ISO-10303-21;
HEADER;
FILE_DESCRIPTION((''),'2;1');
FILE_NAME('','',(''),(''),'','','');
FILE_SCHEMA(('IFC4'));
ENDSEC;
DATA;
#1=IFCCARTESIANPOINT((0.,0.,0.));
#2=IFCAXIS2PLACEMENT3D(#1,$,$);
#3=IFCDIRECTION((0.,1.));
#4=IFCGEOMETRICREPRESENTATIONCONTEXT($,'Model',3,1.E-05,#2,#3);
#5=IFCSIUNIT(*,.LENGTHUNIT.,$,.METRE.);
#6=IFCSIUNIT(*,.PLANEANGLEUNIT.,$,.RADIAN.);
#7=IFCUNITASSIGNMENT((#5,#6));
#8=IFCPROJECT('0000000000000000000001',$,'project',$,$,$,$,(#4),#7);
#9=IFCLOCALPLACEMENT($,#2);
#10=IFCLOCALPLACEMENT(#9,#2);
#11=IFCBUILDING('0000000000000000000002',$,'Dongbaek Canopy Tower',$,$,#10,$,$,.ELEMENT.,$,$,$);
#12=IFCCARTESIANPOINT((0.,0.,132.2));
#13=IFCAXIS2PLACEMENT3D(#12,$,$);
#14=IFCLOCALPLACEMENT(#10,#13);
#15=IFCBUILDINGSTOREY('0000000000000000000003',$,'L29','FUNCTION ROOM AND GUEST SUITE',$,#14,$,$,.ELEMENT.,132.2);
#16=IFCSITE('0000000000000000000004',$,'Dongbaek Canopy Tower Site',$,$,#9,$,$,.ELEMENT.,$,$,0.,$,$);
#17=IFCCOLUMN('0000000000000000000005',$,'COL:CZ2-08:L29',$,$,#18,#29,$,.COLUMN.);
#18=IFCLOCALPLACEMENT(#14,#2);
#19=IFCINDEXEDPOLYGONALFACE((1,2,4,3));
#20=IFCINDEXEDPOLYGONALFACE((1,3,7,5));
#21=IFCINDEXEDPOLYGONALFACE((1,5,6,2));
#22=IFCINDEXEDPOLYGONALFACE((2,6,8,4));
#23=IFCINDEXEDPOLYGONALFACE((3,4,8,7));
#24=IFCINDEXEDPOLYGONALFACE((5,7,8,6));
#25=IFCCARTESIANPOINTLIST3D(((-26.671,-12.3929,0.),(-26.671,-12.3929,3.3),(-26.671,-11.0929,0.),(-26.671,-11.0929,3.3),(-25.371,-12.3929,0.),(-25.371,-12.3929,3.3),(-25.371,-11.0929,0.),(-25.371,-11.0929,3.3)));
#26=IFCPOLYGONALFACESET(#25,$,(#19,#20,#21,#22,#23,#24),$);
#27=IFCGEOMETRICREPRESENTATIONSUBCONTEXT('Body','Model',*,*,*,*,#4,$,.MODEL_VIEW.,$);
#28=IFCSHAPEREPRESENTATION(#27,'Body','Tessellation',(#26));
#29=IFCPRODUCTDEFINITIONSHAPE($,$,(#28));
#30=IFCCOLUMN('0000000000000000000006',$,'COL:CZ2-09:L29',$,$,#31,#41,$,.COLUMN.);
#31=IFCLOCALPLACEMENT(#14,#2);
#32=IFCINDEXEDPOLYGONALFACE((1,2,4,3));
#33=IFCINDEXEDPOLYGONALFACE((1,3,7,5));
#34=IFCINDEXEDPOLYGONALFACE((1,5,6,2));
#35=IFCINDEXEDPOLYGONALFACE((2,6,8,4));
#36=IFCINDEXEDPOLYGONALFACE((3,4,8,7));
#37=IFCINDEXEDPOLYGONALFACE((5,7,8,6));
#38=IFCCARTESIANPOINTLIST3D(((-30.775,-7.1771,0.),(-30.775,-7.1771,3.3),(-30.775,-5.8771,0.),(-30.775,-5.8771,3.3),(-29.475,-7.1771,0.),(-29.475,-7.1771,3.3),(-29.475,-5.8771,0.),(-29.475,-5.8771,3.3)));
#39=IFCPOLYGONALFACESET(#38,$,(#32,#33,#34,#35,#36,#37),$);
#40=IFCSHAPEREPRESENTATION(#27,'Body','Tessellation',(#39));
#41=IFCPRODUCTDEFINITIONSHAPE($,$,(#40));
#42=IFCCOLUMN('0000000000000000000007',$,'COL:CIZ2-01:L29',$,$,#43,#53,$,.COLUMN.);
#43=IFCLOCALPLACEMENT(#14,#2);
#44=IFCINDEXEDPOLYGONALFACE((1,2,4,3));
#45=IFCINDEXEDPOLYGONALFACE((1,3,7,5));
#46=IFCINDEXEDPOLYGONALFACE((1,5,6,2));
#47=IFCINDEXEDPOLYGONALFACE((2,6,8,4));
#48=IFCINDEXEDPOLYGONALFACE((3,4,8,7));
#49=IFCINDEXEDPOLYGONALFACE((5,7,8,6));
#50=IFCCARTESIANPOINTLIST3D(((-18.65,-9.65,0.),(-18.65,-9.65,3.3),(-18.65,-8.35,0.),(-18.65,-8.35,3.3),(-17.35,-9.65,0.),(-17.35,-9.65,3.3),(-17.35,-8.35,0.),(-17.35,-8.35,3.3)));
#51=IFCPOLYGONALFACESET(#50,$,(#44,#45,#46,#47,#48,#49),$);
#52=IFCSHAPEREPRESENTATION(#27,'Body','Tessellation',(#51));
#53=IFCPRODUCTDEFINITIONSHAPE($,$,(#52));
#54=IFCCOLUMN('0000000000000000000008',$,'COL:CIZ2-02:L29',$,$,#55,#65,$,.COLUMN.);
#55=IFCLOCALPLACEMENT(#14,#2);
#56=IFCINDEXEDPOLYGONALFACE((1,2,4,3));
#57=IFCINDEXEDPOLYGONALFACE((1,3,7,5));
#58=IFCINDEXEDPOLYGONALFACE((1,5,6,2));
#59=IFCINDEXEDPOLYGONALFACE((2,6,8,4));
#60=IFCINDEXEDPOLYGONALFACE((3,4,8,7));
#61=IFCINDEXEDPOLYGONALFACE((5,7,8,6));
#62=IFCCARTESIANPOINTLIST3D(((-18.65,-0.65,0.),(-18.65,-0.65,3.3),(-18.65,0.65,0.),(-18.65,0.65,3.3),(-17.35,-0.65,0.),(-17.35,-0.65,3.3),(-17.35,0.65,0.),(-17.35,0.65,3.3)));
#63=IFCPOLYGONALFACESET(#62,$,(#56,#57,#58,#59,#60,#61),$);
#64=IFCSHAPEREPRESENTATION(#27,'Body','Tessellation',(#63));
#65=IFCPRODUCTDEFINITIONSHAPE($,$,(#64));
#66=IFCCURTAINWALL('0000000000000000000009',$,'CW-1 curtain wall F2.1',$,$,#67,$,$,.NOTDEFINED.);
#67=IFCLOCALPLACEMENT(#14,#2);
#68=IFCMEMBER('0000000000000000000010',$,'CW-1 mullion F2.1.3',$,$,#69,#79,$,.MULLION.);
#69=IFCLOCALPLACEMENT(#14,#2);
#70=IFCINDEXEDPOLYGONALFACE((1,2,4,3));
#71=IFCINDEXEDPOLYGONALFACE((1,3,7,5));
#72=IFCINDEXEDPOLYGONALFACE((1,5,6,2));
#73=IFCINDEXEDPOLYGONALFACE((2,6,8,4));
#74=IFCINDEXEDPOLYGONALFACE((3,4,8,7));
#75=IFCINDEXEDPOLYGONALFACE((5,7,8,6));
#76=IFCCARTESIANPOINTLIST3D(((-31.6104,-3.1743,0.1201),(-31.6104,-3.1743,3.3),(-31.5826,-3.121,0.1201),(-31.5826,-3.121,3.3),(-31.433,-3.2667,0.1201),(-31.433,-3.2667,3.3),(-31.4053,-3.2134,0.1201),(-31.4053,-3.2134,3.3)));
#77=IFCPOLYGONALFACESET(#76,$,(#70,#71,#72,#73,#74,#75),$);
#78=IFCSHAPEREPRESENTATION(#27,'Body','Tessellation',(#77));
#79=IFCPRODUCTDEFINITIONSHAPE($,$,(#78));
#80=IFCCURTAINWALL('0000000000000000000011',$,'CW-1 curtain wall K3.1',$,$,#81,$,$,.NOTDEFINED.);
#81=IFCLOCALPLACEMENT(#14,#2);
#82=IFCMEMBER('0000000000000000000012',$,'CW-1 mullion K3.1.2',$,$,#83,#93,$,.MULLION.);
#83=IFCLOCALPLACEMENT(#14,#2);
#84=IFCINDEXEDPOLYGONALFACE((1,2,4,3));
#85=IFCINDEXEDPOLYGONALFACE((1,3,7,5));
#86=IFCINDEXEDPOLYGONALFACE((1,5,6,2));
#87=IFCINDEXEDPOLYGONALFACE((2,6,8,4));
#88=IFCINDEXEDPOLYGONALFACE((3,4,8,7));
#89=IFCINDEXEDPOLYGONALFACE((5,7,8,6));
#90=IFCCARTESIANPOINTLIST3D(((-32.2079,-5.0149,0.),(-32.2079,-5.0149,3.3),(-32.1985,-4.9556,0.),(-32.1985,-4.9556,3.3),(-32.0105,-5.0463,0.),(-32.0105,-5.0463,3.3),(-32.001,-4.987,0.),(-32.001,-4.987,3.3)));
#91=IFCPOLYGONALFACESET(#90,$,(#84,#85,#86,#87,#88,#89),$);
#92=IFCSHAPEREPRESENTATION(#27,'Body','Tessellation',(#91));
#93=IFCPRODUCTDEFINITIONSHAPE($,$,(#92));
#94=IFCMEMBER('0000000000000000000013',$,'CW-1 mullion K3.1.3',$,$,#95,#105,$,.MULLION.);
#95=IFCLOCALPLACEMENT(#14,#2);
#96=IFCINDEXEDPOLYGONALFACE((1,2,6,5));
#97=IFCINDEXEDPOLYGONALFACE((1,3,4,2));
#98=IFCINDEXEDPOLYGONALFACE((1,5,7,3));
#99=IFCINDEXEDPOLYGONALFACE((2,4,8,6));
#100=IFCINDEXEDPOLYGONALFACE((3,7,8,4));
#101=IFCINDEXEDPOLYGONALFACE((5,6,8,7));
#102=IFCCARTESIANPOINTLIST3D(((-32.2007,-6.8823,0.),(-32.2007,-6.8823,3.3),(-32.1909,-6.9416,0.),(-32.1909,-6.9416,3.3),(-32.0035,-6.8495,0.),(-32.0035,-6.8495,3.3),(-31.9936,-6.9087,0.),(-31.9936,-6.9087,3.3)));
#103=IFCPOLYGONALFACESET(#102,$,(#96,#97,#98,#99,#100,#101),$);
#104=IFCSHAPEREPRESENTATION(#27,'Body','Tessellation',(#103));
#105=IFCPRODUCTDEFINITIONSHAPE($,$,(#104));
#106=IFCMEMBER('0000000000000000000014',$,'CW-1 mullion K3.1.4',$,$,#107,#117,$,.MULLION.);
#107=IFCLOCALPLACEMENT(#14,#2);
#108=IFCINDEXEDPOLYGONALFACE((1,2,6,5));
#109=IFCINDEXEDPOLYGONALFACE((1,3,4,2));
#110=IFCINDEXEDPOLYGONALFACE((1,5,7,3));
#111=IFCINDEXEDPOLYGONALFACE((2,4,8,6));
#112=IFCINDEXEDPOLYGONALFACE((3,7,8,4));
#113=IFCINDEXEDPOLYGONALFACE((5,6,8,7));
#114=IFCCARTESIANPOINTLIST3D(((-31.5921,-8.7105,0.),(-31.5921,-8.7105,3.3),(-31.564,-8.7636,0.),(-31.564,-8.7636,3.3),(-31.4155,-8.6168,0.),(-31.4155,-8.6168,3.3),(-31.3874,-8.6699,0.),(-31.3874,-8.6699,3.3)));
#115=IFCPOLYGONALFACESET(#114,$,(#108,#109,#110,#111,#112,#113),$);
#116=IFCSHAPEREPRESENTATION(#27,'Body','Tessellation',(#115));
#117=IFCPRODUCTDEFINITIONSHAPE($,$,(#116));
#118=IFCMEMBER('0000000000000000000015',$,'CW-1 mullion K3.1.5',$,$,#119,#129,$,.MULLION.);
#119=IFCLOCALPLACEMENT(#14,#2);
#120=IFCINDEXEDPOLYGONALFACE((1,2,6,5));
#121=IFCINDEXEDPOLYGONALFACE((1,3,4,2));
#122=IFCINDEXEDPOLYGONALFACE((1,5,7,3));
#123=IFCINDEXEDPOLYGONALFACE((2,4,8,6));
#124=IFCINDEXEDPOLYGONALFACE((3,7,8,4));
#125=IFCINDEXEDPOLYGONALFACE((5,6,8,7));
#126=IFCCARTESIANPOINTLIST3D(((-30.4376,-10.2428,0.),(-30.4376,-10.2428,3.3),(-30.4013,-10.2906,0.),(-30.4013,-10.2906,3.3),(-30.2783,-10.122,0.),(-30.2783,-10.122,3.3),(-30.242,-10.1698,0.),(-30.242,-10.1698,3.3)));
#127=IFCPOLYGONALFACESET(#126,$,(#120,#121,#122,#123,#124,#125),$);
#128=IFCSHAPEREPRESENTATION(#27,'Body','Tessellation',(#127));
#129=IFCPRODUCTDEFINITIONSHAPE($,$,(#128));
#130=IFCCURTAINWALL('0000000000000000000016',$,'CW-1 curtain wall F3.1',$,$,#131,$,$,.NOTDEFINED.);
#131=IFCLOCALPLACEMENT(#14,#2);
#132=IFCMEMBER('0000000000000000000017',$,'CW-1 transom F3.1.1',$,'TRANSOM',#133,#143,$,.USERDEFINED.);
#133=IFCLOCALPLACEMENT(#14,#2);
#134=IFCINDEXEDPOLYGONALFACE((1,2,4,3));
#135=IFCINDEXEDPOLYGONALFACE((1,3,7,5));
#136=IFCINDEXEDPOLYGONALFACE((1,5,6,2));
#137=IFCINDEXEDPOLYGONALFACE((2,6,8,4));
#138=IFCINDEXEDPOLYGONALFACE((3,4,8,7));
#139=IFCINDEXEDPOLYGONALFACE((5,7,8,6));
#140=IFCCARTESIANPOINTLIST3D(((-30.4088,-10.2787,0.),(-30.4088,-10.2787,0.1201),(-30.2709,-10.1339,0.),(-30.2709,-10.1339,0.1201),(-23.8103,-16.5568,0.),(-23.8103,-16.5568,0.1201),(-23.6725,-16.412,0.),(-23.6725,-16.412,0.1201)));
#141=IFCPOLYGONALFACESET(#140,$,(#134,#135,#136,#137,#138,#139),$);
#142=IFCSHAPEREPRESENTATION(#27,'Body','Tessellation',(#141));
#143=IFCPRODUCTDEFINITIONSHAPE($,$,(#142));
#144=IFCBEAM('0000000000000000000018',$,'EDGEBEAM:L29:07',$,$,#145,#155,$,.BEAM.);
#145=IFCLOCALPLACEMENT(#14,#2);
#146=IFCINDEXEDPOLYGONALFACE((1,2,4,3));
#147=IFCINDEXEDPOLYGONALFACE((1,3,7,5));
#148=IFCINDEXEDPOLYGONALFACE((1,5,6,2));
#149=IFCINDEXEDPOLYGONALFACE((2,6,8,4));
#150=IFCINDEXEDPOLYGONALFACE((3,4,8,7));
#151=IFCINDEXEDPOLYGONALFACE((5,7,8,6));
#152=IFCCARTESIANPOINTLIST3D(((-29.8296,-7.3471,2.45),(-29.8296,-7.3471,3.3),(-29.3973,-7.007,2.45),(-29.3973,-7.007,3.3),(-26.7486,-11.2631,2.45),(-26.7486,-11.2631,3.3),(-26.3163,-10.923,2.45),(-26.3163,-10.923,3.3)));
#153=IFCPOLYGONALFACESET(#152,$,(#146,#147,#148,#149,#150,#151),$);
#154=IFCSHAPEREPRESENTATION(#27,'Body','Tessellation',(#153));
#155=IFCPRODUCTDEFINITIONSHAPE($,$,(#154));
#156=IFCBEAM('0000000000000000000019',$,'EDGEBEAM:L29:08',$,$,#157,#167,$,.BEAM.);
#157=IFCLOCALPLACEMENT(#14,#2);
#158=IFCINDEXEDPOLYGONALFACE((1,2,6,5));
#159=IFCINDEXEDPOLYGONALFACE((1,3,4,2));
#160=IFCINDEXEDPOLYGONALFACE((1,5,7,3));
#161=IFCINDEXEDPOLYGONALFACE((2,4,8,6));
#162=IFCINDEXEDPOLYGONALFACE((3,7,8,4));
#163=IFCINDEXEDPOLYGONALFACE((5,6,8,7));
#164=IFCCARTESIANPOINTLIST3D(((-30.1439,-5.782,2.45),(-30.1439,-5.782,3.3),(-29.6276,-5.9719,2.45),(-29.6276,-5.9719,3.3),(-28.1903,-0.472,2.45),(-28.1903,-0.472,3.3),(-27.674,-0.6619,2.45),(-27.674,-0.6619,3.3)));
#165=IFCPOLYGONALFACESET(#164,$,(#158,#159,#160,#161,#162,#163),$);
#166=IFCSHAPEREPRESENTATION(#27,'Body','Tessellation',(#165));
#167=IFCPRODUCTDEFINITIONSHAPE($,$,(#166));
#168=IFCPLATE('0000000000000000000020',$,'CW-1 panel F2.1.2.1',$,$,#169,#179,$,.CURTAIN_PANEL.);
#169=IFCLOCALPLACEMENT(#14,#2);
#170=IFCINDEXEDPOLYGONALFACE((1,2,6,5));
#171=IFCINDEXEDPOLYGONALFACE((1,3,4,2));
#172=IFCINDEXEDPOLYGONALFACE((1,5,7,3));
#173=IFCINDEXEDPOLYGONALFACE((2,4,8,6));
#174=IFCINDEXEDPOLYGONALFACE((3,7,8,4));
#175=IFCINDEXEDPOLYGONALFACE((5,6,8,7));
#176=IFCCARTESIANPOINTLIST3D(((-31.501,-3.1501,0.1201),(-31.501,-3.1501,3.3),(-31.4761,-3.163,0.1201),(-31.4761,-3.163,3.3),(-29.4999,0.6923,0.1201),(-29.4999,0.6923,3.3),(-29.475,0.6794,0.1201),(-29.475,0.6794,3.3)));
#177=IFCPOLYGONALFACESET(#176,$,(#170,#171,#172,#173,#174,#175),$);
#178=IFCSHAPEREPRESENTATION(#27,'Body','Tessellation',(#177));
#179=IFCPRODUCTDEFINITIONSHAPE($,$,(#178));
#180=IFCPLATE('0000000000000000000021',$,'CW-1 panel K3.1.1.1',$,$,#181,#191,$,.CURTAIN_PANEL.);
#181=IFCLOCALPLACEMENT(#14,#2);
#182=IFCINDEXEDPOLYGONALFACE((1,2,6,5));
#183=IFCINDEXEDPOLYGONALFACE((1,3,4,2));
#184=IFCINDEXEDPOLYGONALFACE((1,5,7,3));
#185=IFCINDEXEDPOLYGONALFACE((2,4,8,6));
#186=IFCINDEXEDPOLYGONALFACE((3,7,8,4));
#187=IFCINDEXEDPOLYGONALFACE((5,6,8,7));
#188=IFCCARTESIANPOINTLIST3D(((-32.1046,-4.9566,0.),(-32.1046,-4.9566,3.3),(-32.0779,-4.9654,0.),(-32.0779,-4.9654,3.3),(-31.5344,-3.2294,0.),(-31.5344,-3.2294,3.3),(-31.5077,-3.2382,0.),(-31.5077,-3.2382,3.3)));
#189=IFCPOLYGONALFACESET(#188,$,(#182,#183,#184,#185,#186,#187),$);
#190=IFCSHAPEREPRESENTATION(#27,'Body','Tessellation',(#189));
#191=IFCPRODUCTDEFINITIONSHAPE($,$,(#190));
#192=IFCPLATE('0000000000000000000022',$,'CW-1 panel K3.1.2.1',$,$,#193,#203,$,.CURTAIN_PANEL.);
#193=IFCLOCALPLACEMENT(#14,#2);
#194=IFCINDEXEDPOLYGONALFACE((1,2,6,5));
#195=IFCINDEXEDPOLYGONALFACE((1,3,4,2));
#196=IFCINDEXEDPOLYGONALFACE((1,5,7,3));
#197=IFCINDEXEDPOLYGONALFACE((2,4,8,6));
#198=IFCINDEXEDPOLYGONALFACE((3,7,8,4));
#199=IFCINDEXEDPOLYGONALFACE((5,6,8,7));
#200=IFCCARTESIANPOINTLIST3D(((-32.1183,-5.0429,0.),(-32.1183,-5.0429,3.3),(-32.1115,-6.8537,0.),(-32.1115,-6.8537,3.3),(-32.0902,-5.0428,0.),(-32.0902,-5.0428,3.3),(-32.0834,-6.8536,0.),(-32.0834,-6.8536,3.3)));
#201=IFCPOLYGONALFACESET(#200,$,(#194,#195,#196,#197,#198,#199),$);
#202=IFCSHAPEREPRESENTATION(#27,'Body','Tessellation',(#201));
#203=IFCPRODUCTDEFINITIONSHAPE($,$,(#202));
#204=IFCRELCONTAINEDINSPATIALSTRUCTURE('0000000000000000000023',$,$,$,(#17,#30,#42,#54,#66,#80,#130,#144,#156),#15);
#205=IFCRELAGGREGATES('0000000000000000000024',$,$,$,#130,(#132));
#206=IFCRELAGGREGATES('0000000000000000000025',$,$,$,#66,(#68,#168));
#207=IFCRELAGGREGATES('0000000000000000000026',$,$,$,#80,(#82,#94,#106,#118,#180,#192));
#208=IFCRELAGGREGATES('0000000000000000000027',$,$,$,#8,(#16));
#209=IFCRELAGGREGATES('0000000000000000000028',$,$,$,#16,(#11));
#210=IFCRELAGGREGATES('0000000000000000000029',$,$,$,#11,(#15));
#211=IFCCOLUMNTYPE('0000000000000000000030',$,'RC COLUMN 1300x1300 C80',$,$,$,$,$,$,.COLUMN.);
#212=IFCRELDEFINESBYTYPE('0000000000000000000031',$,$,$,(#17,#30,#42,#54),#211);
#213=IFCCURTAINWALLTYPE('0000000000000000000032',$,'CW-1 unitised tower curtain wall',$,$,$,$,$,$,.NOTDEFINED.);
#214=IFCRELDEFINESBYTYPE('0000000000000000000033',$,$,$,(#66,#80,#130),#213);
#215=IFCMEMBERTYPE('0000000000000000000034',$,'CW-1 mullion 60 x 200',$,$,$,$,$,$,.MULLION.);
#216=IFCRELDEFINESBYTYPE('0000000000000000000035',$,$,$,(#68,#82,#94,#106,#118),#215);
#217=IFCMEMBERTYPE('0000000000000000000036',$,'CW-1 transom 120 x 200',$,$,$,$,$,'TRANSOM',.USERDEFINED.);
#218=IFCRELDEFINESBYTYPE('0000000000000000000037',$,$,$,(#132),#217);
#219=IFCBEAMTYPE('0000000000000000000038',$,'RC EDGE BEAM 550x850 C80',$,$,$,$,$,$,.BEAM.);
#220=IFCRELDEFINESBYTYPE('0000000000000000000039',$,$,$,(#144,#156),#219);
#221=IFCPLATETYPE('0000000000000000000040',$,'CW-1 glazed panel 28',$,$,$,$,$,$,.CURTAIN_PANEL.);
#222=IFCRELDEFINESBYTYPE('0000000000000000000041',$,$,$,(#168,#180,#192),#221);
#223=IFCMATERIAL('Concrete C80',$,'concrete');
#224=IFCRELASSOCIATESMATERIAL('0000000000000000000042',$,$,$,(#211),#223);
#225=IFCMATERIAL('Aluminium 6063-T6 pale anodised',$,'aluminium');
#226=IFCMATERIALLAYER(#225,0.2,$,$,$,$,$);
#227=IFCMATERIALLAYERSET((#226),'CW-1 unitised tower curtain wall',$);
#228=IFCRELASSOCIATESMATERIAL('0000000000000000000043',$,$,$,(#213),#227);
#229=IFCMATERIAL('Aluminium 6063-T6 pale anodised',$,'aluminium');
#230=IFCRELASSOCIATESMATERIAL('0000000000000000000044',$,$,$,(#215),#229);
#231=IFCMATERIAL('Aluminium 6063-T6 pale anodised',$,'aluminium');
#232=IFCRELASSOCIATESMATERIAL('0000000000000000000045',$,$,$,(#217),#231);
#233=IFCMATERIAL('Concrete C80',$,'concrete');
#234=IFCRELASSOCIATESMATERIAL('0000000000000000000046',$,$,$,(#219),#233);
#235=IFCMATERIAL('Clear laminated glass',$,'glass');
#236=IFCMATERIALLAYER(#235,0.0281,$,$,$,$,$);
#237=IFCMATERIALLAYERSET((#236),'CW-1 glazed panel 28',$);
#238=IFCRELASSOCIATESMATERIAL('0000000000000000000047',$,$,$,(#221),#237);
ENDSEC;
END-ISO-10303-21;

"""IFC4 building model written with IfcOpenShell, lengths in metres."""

from ifc_helpers import new_model, si_unit, direction, frame, origin, origin_2d, place, context, subcontext, project, spatial, rectangle, extrude, material, layer, layer_set, material_profile, profile_set, type_object, element, aggregate, save


model = new_model("IFC4")

# Units and contexts
model_context = context("Model", 3, precision=1e-05, world=origin(), true_north=direction((0.0, 1.0)))
body_context = subcontext(model_context, "Body", "Model", "MODEL_VIEW")
ifc_project = project(units=[si_unit("LENGTHUNIT", "METRE"), si_unit("PLANEANGLEUNIT", "RADIAN")], contexts=[model_context])

# Site, building, storey
site_placement = place(None, origin())
site = spatial("IfcSite", under=ifc_project, at=site_placement, Name="Dongbaek Canopy Tower Site", CompositionType="ELEMENT", RefElevation=0.0)
building_placement = place(site_placement, origin())
building = spatial("IfcBuilding", under=site, at=building_placement, Name="Dongbaek Canopy Tower", CompositionType="ELEMENT")
storey_placement = place(building_placement, frame((0.0, 0.0, 132.2)))
storey = spatial("IfcBuildingStorey", under=building, at=storey_placement, Name="L29", Description="FUNCTION ROOM AND GUEST SUITE", CompositionType="ELEMENT", Elevation=132.2)

# Columns
ifc_material_1 = material(Name="Concrete C80", Category="concrete")
ifc_material_profile_1 = material_profile(ifc_material_1, rectangle(XDim=1.3, YDim=1.3, at=origin_2d()), Name="RC COLUMN 1300x1300 C80")
ifc_profile_set_1 = profile_set([ifc_material_profile_1], Name="Concrete C80")
column_type = type_object("IfcColumnType", Name="RC COLUMN 1300x1300 C80", PredefinedType="COLUMN", material=ifc_profile_set_1)
for number, where, z_axis, x_axis, name in (
    (1, (-26.021, -11.7429, 0.0), (0.0, 0.0, 1.0), (1.0, 0.0, 0.0), "COL:CZ2-08:L29"),
    (2, (-30.125, -6.5271, 0.0), (0.0, 0.0, 1.0), (1.0, 0.0, 0.0), "COL:CZ2-09:L29"),
    (3, (-18.0, -9.0, 0.0), (0.0, 0.0, 1.0), (1.0, 0.0, 0.0), "COL:CIZ2-01:L29"),
    (4, (-18.0, 0.0, 0.0), (0.0, 0.0, 1.0), (1.0, 0.0, 0.0), "COL:CIZ2-02:L29"),
):
    element("IfcColumn", number, at=place(storey_placement, frame(where, z_axis=z_axis, x_axis=x_axis)), inside=storey, type_object=column_type, Name=name, PredefinedType="COLUMN", context=body_context, shape_type="SweptSolid", body=[
        extrude(rectangle(XDim=1.3, YDim=1.3, at=origin_2d()), origin(), (0.0, 0.0, 1.0), 3.3),
    ])

# Curtain wall, member
ifc_material_2 = material(Name="Aluminium 6063-T6 pale anodised", Category="aluminium")
ifc_layer_1 = layer(ifc_material_2, 0.2)
ifc_layer_set_1 = layer_set([ifc_layer_1], Name="CW-1 unitised tower curtain wall")
curtain_wall_type = type_object("IfcCurtainWallType", Name="CW-1 unitised tower curtain wall", PredefinedType="NOTDEFINED", material=ifc_layer_set_1)
curtain_wall_1_placement = place(storey_placement, origin())
curtain_wall_1 = element("IfcCurtainWall", 5, at=curtain_wall_1_placement, inside=storey, type_object=curtain_wall_type, Name="CW-1 curtain wall F2.1", PredefinedType="NOTDEFINED")
ifc_material_3 = material(Name="Aluminium 6063-T6 pale anodised", Category="aluminium")
ifc_material_profile_2 = material_profile(ifc_material_3, rectangle(XDim=0.2, YDim=0.0601, at=origin_2d()), Name="CW-1 mullion 60 x 200")
ifc_profile_set_2 = profile_set([ifc_material_profile_2], Name="Aluminium 6063-T6 pale anodised")
member_type_1 = type_object("IfcMemberType", Name="CW-1 mullion 60 x 200", PredefinedType="MULLION", material=ifc_profile_set_2)
member_1_placement = place(storey_placement, frame((-31.5078, -3.1938, 0.1201), z_axis=(0.0, 0.0, 1.0), x_axis=(-0.886927, 0.46191, 0.0)))
member_1 = element("IfcMember", 6, at=member_1_placement, type_object=member_type_1, Name="CW-1 mullion F2.1.3", PredefinedType="MULLION", context=body_context, shape_type="SweptSolid", body=[
    extrude(rectangle(XDim=0.2, YDim=0.0601, at=origin_2d()), origin(), (0.0, 0.0, 1.0), 3.1799),
])

# Curtain wall, members
curtain_wall_2_placement = place(storey_placement, origin())
curtain_wall_2 = element("IfcCurtainWall", 7, at=curtain_wall_2_placement, inside=storey, type_object=curtain_wall_type, Name="CW-1 curtain wall K3.1", PredefinedType="NOTDEFINED")
member_2_placement = place(storey_placement, frame((-32.1045, -5.001, 0.0), z_axis=(0.0, 0.0, 1.0), x_axis=(-0.987616, 0.156892, 0.0)))
member_2 = element("IfcMember", 8, at=member_2_placement, type_object=member_type_1, Name="CW-1 mullion K3.1.2", PredefinedType="MULLION", context=body_context, shape_type="SweptSolid", body=[
    extrude(rectangle(XDim=0.2, YDim=0.0601, at=origin_2d()), origin(), (0.0, 0.0, 1.0), 3.3),
])
member_3_placement = place(storey_placement, frame((-32.0972, -6.8955, 0.0), z_axis=(0.0, 0.0, 1.0), x_axis=(-0.986408, -0.164313, 0.0)))
member_3 = element("IfcMember", 9, at=member_3_placement, type_object=member_type_1, Name="CW-1 mullion K3.1.3", PredefinedType="MULLION", context=body_context, shape_type="SweptSolid", body=[
    extrude(rectangle(XDim=0.2, YDim=0.0601, at=origin_2d()), origin(), (0.0, 0.0, 1.0), 3.3),
])
member_4_placement = place(storey_placement, frame((-31.4897, -8.6902, 0.0), z_axis=(0.0, 0.0, 1.0), x_axis=(-0.883429, -0.468566, 0.0)))
member_4 = element("IfcMember", 10, at=member_4_placement, type_object=member_type_1, Name="CW-1 mullion K3.1.4", PredefinedType="MULLION", context=body_context, shape_type="SweptSolid", body=[
    extrude(rectangle(XDim=0.2, YDim=0.0601, at=origin_2d()), origin(), (0.0, 0.0, 1.0), 3.3),
])
member_5_placement = place(storey_placement, frame((-30.3398, -10.2063, 0.0), z_axis=(0.0, 0.0, 1.0), x_axis=(-0.796707, -0.604365, 0.0)))
member_5 = element("IfcMember", 11, at=member_5_placement, type_object=member_type_1, Name="CW-1 mullion K3.1.5", PredefinedType="MULLION", context=body_context, shape_type="SweptSolid", body=[
    extrude(rectangle(XDim=0.2, YDim=0.0601, at=origin_2d()), origin(), (0.0, 0.0, 1.0), 3.3),
])

# Curtain wall, member
curtain_wall_3_placement = place(storey_placement, origin())
curtain_wall_3 = element("IfcCurtainWall", 12, at=curtain_wall_3_placement, inside=storey, type_object=curtain_wall_type, Name="CW-1 curtain wall F3.1", PredefinedType="NOTDEFINED")
ifc_material_4 = material(Name="Aluminium 6063-T6 pale anodised", Category="aluminium")
ifc_material_profile_3 = material_profile(ifc_material_4, rectangle(XDim=0.2, YDim=0.1201, at=origin_2d()), Name="CW-1 transom 120 x 200")
ifc_profile_set_3 = profile_set([ifc_material_profile_3], Name="Aluminium 6063-T6 pale anodised")
member_type_2 = type_object("IfcMemberType", Name="CW-1 transom 120 x 200", ElementType="TRANSOM", PredefinedType="USERDEFINED", material=ifc_profile_set_3)
member_6_placement = place(storey_placement, frame((-30.3398, -10.2063, 0.0601), z_axis=(0.724473, -0.689304, 0.0), x_axis=(0.689304, 0.724473, 0.0)))
member_6 = element("IfcMember", 13, at=member_6_placement, type_object=member_type_2, Name="CW-1 transom F3.1.1", ObjectType="TRANSOM", PredefinedType="USERDEFINED", context=body_context, shape_type="SweptSolid", body=[
    extrude(rectangle(XDim=0.2, YDim=0.1201, at=origin_2d()), origin(), (0.0, 0.0, 1.0), 9.1079),
])

# Beams
ifc_material_5 = material(Name="Concrete C80", Category="concrete")
ifc_material_profile_4 = material_profile(ifc_material_5, rectangle(XDim=0.55, YDim=0.8501, at=origin_2d()), Name="RC EDGE BEAM 550x850 C80")
ifc_profile_set_4 = profile_set([ifc_material_profile_4], Name="Concrete C80")
beam_type = type_object("IfcBeamType", Name="RC EDGE BEAM 550x850 C80", PredefinedType="BEAM", material=ifc_profile_set_4)
beam_1_placement = place(storey_placement, frame((-26.5325, -11.093, 2.875), z_axis=(-0.618341, 0.78591, 0.0), x_axis=(-0.78591, -0.618341, 0.0)))
element("IfcBeam", 14, at=beam_1_placement, inside=storey, type_object=beam_type, Name="EDGEBEAM:L29:07", PredefinedType="BEAM", context=body_context, shape_type="SweptSolid", body=[
    extrude(rectangle(XDim=0.55, YDim=0.8501, at=origin_2d()), origin(), (0.0, 0.0, 1.0), 4.9827),
])
beam_2_placement = place(storey_placement, frame((-29.8857, -5.877, 2.875), z_axis=(0.345281, 0.938499, 0.0), x_axis=(-0.938499, 0.345281, 0.0)))
element("IfcBeam", 15, at=beam_2_placement, inside=storey, type_object=beam_type, Name="EDGEBEAM:L29:08", PredefinedType="BEAM", context=body_context, shape_type="SweptSolid", body=[
    extrude(rectangle(XDim=0.55, YDim=0.8501, at=origin_2d()), origin(), (0.0, 0.0, 1.0), 5.658),
])

# Plates
ifc_material_6 = material(Name="Clear laminated glass", Category="glass")
ifc_layer_2 = layer(ifc_material_6, 0.0281)
ifc_layer_set_2 = layer_set([ifc_layer_2], Name="CW-1 glazed panel 28")
plate_type = type_object("IfcPlateType", Name="CW-1 glazed panel 28", PredefinedType="CURTAIN_PANEL", material=ifc_layer_set_2)
plate_1_placement = place(storey_placement, frame((-30.488, -1.2354, 0.1201), z_axis=(0.0, 0.0, 1.0), x_axis=(-0.46191, -0.886927, 0.0)))
plate_1 = element("IfcPlate", 16, at=plate_1_placement, type_object=plate_type, Name="CW-1 panel F2.1.2.1", PredefinedType="CURTAIN_PANEL", context=body_context, shape_type="SweptSolid", body=[
    extrude(rectangle(XDim=4.3323, YDim=0.0281, at=origin_2d()), origin(), (0.0, 0.0, 1.0), 3.1799),
])
plate_2_placement = place(storey_placement, frame((-31.8062, -4.0974, 0.0), z_axis=(0.0, 0.0, 1.0), x_axis=(-0.31347, -0.949598, 0.0)))
plate_2 = element("IfcPlate", 17, at=plate_2_placement, type_object=plate_type, Name="CW-1 panel K3.1.1.1", PredefinedType="CURTAIN_PANEL", context=body_context, shape_type="SweptSolid", body=[
    extrude(rectangle(XDim=1.8188, YDim=0.0281, at=origin_2d()), origin(), (0.0, 0.0, 1.0), 3.3),
])
plate_3_placement = place(storey_placement, frame((-32.1008, -5.9482, 0.0), z_axis=(0.0, 0.0, 1.0), x_axis=(0.003759, -0.999993, 0.0)))
plate_3 = element("IfcPlate", 18, at=plate_3_placement, type_object=plate_type, Name="CW-1 panel K3.1.2.1", PredefinedType="CURTAIN_PANEL", context=body_context, shape_type="SweptSolid", body=[
    extrude(rectangle(XDim=1.8108, YDim=0.0281, at=origin_2d()), origin(), (0.0, 0.0, 1.0), 3.3),
])
aggregate(curtain_wall_3, [member_6])

aggregate(curtain_wall_1, [member_1, plate_1])
aggregate(curtain_wall_2, [member_2, member_3, member_4, member_5, plate_2, plate_3])

save(model, "model.ifc")
